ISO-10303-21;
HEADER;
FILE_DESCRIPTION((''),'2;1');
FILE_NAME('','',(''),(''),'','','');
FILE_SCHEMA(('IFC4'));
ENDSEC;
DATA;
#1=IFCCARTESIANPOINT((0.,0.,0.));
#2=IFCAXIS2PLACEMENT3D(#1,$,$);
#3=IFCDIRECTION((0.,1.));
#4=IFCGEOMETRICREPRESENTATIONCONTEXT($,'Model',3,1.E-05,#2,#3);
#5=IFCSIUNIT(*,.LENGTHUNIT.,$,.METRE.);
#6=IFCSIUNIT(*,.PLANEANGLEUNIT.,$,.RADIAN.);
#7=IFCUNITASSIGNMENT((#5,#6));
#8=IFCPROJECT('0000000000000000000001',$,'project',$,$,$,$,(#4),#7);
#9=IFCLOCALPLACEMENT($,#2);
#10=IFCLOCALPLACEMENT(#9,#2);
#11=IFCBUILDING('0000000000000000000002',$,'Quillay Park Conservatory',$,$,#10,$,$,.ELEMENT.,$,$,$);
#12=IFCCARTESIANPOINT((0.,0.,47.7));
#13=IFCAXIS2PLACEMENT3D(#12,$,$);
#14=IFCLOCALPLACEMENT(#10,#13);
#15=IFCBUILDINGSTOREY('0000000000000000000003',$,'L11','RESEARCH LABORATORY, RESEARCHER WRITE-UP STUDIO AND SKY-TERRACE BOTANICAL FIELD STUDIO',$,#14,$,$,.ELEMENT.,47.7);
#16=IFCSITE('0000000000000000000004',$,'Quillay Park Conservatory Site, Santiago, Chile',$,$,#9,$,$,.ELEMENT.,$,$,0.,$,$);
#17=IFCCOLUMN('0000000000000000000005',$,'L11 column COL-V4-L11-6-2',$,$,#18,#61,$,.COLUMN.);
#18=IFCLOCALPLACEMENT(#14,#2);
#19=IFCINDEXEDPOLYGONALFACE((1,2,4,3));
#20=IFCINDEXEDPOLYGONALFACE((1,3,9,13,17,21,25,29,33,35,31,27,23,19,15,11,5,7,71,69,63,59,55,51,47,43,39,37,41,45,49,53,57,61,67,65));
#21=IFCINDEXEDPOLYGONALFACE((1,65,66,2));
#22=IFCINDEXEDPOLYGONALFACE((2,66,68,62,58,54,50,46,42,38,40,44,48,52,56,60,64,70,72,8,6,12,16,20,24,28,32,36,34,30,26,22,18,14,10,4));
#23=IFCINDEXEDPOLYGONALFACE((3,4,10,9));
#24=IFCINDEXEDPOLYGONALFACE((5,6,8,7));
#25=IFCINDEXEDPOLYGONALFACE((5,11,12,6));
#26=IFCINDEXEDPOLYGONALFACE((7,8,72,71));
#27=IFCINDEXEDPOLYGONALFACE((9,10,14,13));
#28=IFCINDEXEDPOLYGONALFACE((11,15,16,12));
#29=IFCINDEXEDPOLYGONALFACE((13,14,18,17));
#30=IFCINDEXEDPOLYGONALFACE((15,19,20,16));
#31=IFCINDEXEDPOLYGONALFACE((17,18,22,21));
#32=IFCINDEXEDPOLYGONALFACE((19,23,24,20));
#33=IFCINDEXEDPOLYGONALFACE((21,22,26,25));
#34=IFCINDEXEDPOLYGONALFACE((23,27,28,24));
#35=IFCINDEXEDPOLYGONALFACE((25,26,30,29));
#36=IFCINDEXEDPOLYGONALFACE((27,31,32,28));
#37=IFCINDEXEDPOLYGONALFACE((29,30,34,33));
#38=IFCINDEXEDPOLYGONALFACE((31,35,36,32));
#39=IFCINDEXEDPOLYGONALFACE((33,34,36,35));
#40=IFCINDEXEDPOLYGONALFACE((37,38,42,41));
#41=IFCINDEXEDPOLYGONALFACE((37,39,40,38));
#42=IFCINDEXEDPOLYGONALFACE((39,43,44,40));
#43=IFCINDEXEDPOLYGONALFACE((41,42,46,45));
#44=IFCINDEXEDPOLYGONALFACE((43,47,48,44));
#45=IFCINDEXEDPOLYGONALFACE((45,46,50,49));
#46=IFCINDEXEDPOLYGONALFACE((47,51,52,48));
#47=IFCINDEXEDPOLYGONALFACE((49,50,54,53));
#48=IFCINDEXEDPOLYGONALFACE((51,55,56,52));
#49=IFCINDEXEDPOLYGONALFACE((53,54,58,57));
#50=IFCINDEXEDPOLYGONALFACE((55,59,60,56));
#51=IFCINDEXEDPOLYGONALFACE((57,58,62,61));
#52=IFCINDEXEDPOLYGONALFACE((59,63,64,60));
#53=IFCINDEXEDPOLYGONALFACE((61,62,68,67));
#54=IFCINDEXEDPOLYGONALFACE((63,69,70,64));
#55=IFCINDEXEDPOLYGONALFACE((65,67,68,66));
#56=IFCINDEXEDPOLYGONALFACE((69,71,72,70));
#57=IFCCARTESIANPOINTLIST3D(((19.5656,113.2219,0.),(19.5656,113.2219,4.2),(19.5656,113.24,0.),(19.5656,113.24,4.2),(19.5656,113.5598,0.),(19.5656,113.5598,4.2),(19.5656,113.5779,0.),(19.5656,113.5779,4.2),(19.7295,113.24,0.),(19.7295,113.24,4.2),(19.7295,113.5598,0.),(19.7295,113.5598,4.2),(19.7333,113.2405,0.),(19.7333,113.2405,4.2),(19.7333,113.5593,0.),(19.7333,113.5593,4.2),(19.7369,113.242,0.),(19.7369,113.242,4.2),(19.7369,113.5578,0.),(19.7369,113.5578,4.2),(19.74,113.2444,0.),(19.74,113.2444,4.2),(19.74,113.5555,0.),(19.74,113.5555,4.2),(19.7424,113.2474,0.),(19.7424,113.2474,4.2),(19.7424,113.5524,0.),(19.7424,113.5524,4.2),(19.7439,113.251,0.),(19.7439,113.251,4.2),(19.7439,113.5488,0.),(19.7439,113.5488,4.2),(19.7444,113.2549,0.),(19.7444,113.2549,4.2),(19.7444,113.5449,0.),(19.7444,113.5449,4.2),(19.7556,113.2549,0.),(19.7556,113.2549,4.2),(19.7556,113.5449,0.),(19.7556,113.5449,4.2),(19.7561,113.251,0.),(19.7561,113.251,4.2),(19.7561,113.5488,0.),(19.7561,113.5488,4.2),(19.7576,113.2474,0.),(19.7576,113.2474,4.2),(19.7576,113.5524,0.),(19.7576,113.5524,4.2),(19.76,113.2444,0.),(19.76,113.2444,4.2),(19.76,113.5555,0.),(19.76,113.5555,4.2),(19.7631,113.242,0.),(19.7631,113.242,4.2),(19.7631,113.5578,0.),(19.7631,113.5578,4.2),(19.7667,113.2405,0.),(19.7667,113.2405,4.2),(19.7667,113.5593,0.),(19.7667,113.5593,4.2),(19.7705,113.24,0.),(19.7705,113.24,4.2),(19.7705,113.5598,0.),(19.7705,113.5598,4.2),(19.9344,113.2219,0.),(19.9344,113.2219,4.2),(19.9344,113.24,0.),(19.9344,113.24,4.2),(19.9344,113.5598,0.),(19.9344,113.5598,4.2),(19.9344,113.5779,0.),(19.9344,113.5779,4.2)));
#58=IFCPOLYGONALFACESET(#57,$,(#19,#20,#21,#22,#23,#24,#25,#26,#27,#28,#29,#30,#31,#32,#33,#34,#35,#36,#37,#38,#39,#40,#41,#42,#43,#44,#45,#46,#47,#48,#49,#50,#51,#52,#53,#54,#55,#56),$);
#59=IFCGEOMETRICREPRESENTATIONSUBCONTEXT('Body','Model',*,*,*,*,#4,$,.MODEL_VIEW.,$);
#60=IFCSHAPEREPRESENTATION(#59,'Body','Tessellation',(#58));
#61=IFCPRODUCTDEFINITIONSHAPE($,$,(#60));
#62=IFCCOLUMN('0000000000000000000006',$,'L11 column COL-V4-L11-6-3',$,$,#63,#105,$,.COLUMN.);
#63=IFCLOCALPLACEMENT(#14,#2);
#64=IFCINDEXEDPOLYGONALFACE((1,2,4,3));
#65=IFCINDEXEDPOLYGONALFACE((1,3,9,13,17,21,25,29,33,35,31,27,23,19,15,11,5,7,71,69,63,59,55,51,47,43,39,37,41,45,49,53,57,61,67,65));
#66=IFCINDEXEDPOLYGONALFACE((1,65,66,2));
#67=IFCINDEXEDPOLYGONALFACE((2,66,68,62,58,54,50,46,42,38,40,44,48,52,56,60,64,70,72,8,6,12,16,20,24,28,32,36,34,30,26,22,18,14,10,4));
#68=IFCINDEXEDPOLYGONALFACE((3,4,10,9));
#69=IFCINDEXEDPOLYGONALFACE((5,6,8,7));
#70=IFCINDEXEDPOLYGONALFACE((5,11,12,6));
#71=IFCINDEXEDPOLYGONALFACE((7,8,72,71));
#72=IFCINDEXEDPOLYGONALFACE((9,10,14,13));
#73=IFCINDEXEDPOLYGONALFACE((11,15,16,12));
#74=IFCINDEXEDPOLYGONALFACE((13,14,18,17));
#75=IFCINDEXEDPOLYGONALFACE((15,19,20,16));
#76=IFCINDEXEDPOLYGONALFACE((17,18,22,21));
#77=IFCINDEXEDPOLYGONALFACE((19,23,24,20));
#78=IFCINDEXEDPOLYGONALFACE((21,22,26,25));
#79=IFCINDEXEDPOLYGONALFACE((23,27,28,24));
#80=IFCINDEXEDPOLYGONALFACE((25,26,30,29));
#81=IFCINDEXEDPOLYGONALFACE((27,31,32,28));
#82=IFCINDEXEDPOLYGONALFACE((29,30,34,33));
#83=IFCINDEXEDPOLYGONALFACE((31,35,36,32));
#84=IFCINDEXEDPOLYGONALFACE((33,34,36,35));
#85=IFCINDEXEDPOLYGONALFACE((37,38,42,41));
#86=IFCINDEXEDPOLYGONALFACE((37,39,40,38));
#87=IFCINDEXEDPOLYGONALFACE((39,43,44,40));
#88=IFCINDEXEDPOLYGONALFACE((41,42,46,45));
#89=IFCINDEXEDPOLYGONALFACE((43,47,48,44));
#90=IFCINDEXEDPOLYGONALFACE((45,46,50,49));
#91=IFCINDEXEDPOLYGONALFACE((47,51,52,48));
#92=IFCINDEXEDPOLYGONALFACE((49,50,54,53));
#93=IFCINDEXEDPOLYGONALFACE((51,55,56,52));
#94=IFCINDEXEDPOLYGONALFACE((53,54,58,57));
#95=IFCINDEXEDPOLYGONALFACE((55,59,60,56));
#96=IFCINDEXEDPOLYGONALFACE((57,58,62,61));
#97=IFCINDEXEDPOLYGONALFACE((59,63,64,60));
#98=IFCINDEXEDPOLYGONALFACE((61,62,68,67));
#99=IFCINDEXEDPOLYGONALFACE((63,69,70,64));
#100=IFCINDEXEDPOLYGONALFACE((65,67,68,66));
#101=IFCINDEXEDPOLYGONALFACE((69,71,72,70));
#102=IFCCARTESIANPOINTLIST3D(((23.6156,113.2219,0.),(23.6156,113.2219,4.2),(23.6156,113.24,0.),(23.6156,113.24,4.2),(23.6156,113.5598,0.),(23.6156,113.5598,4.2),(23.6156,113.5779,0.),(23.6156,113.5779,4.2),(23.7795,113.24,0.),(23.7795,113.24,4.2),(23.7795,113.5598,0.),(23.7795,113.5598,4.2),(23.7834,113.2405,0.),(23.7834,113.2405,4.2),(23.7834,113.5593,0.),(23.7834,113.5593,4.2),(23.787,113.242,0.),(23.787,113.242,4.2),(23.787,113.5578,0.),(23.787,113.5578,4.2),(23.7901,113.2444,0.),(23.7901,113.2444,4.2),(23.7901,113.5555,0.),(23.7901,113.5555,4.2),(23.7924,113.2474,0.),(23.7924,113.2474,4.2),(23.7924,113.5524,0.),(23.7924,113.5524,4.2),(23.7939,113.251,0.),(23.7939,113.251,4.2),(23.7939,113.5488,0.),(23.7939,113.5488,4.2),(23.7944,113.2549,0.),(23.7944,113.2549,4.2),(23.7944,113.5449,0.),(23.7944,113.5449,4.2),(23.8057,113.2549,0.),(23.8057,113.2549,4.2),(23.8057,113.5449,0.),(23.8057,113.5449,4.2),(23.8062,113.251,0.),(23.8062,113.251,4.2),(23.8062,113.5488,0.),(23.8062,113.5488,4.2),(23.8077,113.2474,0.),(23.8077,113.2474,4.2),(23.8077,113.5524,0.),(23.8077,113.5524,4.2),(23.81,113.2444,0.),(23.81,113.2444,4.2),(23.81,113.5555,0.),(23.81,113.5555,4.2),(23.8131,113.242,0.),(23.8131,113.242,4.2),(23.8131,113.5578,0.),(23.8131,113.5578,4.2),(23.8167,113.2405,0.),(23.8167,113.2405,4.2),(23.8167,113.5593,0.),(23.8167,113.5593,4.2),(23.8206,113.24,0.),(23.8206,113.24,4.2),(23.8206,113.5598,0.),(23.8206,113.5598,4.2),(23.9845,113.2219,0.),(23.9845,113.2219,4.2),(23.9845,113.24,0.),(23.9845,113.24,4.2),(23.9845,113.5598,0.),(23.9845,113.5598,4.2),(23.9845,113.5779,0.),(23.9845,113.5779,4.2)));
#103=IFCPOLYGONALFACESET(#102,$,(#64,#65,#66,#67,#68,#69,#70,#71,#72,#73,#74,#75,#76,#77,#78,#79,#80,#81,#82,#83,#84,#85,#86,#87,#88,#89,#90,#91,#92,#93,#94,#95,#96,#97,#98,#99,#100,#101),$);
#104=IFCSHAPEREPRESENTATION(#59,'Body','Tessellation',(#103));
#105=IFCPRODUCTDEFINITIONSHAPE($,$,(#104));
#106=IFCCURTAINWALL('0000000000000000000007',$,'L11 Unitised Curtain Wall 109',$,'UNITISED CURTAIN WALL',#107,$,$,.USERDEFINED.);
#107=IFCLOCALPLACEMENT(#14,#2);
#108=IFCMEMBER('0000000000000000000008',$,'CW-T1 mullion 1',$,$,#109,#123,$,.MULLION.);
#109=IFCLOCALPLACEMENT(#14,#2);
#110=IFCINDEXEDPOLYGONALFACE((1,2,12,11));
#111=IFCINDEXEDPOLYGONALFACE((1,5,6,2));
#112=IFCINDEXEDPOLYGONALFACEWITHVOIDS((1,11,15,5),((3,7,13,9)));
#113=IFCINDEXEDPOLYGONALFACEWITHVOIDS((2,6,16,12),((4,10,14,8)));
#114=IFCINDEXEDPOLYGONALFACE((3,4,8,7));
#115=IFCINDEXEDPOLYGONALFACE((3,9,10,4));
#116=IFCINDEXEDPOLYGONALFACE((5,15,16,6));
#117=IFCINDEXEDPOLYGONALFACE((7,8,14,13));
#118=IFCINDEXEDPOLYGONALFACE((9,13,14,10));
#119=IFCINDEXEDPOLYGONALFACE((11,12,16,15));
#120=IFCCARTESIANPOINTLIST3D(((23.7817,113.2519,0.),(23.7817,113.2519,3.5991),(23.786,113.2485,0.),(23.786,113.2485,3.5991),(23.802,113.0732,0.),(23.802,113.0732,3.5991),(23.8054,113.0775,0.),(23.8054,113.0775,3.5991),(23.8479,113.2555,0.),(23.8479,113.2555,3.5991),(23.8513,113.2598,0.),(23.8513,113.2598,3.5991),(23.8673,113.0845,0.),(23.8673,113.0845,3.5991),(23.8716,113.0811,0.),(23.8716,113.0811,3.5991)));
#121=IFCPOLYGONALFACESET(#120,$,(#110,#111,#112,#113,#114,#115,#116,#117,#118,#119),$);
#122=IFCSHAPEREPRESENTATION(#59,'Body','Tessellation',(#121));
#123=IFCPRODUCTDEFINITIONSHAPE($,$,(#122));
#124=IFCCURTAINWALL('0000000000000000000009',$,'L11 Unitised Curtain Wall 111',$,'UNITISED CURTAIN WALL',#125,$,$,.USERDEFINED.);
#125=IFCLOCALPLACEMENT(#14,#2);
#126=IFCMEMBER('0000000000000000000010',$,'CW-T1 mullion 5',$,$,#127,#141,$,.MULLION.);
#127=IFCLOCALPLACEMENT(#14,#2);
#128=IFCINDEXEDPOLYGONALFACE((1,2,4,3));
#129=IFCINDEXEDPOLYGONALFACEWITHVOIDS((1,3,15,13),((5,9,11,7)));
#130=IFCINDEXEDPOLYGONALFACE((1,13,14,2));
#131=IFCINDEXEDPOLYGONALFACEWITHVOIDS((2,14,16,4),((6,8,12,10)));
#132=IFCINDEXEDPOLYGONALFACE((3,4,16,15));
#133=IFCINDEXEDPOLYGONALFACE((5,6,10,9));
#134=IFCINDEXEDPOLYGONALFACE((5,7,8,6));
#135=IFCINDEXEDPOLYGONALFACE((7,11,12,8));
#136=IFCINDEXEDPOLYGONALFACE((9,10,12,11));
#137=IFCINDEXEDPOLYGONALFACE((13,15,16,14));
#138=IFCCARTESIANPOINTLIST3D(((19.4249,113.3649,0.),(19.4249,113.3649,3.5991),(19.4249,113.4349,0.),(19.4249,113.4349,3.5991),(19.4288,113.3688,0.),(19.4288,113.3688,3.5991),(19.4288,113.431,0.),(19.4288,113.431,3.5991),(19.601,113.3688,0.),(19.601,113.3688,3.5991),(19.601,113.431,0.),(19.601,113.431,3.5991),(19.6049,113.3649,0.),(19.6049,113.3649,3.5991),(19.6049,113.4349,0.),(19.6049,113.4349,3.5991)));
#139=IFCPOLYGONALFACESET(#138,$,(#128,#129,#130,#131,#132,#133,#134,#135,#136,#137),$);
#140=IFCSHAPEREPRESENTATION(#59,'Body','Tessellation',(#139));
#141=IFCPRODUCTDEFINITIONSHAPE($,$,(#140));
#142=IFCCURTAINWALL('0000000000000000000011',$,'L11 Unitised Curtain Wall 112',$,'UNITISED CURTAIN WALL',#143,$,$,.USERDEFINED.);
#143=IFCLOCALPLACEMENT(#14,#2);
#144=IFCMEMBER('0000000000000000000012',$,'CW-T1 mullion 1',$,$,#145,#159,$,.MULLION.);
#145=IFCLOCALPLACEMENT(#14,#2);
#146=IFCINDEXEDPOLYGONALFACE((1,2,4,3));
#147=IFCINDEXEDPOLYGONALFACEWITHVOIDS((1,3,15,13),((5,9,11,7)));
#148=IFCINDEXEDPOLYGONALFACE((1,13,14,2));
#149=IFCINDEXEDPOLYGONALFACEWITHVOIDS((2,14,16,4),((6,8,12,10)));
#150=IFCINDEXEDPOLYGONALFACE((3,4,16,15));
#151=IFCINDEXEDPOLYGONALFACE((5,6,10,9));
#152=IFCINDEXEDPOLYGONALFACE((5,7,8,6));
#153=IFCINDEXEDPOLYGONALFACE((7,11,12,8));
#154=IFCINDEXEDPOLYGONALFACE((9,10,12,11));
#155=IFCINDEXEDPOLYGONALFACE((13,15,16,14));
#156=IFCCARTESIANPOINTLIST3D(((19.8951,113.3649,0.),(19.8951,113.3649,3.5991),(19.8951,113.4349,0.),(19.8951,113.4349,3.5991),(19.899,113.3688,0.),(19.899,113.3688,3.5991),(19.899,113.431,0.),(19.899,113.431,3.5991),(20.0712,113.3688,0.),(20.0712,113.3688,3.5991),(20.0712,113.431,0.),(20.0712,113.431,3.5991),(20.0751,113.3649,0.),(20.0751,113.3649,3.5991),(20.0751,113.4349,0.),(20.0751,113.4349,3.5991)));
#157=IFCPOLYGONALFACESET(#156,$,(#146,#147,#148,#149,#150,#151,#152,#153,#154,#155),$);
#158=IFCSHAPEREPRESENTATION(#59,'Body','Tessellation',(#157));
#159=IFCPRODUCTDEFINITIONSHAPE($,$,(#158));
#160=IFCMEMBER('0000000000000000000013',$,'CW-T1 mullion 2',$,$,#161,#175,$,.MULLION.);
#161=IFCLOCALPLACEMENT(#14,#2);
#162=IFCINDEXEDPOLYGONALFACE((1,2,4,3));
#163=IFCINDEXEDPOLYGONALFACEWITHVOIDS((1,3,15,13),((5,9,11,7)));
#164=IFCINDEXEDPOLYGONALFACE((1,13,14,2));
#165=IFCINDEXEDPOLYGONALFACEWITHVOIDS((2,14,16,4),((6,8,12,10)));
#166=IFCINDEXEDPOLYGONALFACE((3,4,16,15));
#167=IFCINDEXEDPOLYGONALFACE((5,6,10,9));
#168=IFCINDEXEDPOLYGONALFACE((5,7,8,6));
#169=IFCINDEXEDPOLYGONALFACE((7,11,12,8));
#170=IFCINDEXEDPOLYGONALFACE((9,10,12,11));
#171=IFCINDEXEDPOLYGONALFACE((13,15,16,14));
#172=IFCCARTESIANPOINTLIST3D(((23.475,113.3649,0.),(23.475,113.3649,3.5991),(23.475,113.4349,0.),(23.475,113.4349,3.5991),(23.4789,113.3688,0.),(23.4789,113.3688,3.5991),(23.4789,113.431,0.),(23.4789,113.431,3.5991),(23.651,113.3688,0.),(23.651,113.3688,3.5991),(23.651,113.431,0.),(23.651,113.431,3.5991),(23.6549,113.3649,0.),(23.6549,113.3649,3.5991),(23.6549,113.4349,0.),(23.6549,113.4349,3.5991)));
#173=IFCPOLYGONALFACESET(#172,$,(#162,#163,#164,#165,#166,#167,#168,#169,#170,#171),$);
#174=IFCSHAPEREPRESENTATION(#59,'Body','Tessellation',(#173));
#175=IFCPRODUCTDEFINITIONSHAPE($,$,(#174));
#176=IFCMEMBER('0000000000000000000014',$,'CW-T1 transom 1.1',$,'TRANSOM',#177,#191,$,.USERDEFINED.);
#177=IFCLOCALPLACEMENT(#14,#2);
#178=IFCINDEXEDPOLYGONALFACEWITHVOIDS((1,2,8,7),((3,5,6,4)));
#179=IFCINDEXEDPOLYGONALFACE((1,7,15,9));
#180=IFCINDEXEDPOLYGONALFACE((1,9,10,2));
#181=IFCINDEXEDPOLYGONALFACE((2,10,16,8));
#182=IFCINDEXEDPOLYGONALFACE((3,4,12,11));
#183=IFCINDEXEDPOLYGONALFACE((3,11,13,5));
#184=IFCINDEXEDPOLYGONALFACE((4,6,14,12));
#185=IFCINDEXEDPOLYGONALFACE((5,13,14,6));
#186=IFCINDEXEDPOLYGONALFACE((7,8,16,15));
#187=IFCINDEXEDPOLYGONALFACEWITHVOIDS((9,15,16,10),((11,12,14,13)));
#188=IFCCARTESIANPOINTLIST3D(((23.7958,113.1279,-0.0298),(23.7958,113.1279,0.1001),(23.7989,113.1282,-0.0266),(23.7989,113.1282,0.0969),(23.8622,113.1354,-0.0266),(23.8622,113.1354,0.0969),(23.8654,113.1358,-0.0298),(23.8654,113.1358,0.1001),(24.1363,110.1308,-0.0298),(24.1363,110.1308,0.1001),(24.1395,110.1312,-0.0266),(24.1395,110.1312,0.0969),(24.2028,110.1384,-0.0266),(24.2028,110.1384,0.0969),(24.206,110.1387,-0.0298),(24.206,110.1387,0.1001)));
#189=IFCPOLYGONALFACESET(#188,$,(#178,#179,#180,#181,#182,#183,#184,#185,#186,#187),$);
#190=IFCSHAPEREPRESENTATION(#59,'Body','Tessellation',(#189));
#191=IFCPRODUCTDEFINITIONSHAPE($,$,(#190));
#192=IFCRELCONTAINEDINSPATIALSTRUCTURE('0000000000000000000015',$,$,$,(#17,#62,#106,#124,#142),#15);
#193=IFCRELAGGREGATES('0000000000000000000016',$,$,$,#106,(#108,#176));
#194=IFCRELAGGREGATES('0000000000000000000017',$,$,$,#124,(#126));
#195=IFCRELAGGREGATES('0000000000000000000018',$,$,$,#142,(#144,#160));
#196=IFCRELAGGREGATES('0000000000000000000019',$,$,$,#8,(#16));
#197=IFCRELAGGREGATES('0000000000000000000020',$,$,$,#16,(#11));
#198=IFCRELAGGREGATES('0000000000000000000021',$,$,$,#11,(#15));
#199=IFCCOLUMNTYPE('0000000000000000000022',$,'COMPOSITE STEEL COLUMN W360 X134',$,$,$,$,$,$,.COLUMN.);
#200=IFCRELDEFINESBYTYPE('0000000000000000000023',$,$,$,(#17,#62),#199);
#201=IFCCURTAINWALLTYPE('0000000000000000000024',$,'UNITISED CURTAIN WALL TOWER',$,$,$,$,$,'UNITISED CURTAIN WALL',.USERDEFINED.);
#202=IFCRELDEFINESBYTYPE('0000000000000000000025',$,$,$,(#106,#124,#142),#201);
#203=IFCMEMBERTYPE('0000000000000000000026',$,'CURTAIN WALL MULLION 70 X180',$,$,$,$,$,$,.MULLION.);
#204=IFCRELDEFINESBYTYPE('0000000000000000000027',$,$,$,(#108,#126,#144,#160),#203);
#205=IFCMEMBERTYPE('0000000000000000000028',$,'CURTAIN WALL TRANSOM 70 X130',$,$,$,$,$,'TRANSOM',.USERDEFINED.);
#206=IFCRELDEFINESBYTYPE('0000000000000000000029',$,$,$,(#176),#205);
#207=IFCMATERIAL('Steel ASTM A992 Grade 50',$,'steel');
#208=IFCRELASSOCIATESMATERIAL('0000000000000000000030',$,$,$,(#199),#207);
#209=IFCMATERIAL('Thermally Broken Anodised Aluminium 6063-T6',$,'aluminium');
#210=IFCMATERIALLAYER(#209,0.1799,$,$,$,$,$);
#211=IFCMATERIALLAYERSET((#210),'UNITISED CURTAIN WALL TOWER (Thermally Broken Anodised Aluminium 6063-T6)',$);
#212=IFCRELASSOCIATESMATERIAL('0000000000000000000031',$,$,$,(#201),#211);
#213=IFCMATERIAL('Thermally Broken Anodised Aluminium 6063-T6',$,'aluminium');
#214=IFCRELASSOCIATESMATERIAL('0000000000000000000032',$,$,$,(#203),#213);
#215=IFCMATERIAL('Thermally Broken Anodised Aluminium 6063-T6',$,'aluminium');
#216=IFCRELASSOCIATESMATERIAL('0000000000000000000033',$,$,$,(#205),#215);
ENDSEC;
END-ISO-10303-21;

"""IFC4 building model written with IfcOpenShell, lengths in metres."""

from ifc_helpers import new_model, si_unit, direction, frame, origin, origin_2d, place, context, subcontext, project, spatial, hollow_rectangle, i_section, extrude, material, layer, layer_set, material_profile, profile_set, type_object, element, aggregate, save


model = new_model("IFC4")

# Units and contexts
model_context = context("Model", 3, precision=1e-05, world=origin(), true_north=direction((0.0, 1.0)))
body_context = subcontext(model_context, "Body", "Model", "MODEL_VIEW")
ifc_project = project(units=[si_unit("LENGTHUNIT", "METRE"), si_unit("PLANEANGLEUNIT", "RADIAN")], contexts=[model_context])

# Site, building, storey
site_placement = place(None, origin())
site = spatial("IfcSite", under=ifc_project, at=site_placement, Name="Quillay Park Conservatory Site, Santiago, Chile", CompositionType="ELEMENT", RefElevation=0.0)
building_placement = place(site_placement, origin())
building = spatial("IfcBuilding", under=site, at=building_placement, Name="Quillay Park Conservatory", CompositionType="ELEMENT")
storey_placement = place(building_placement, frame((0.0, 0.0, 47.7)))
storey = spatial("IfcBuildingStorey", under=building, at=storey_placement, Name="L11", Description="RESEARCH LABORATORY, RESEARCHER WRITE-UP STUDIO AND SKY-TERRACE BOTANICAL FIELD STUDIO", CompositionType="ELEMENT", Elevation=47.7)

# Columns
ifc_material_1 = material(Name="Steel ASTM A992 Grade 50", Category="steel")
ifc_material_profile_1 = material_profile(ifc_material_1, i_section(OverallWidth=0.3689, OverallDepth=0.356, WebThickness=0.0112, FlangeThickness=0.0181, FilletRadius=0.0149, at=origin_2d()), Name="W360x134")
ifc_profile_set_1 = profile_set([ifc_material_profile_1], Name="Steel ASTM A992 Grade 50")
column_type = type_object("IfcColumnType", Name="COMPOSITE STEEL COLUMN W360 X134", PredefinedType="COLUMN", material=ifc_profile_set_1)
for number, where, z_axis, x_axis, name in (
    (1, (19.75, 113.3999, 0.0), (0.0, 0.0, 1.0), (1.0, 0.0, 0.0), "L11 column COL-V4-L11-6-2"),
    (2, (23.8, 113.3999, 0.0), (0.0, 0.0, 1.0), (1.0, 0.0, 0.0), "L11 column COL-V4-L11-6-3"),
):
    element("IfcColumn", number, at=place(storey_placement, frame(where, z_axis=z_axis, x_axis=x_axis)), inside=storey, type_object=column_type, Name=name, PredefinedType="COLUMN", context=body_context, shape_type="SweptSolid", body=[
        extrude(i_section(OverallWidth=0.3689, OverallDepth=0.356, WebThickness=0.0112, FlangeThickness=0.0181, FilletRadius=0.0149, at=origin_2d()), origin(), (0.0, 0.0, 1.0), 4.2),
    ])

# Curtain walls, members
ifc_material_2 = material(Name="Thermally Broken Anodised Aluminium 6063-T6", Category="aluminium")
ifc_layer_1 = layer(ifc_material_2, 0.1799)
ifc_layer_set_1 = layer_set([ifc_layer_1], Name="UNITISED CURTAIN WALL TOWER (Thermally Broken Anodised Aluminium 6063-T6)")
curtain_wall_type = type_object("IfcCurtainWallType", Name="UNITISED CURTAIN WALL TOWER", ElementType="UNITISED CURTAIN WALL", PredefinedType="USERDEFINED", material=ifc_layer_set_1)
curtain_wall_1_placement = place(storey_placement, origin())
curtain_wall_1 = element("IfcCurtainWall", 3, at=curtain_wall_1_placement, inside=storey, type_object=curtain_wall_type, Name="L11 Unitised Curtain Wall 109", ObjectType="UNITISED CURTAIN WALL", PredefinedType="USERDEFINED")
ifc_material_3 = material(Name="Thermally Broken Anodised Aluminium 6063-T6", Category="aluminium")
ifc_material_profile_2 = material_profile(ifc_material_3, hollow_rectangle(XDim=0.0701, YDim=0.1799, WallThickness=0.0039, at=origin_2d()), Name="AL70x180x4")
ifc_profile_set_2 = profile_set([ifc_material_profile_2], Name="Thermally Broken Anodised Aluminium 6063-T6")
member_type_1 = type_object("IfcMemberType", Name="CURTAIN WALL MULLION 70 X180", PredefinedType="MULLION", material=ifc_profile_set_2)
member_1_placement = place(storey_placement, frame((23.8267, 113.1665, 0.0), z_axis=(0.0, 0.0, 1.0), x_axis=(0.993606, 0.112903, 0.0)))
member_1 = element("IfcMember", 4, at=member_1_placement, type_object=member_type_1, Name="CW-T1 mullion 1", PredefinedType="MULLION", context=body_context, shape_type="SweptSolid", body=[
    extrude(hollow_rectangle(XDim=0.0701, YDim=0.1799, WallThickness=0.0039, at=origin_2d()), origin(), (0.0, 0.0, 1.0), 3.5991),
])
curtain_wall_2_placement = place(storey_placement, origin())
curtain_wall_2 = element("IfcCurtainWall", 5, at=curtain_wall_2_placement, inside=storey, type_object=curtain_wall_type, Name="L11 Unitised Curtain Wall 111", ObjectType="UNITISED CURTAIN WALL", PredefinedType="USERDEFINED")
member_2_placement = place(storey_placement, frame((19.5149, 113.3999, 0.0), z_axis=(0.0, 0.0, 1.0), x_axis=(0.0, 1.0, 0.0)))
member_2 = element("IfcMember", 6, at=member_2_placement, type_object=member_type_1, Name="CW-T1 mullion 5", PredefinedType="MULLION", context=body_context, shape_type="SweptSolid", body=[
    extrude(hollow_rectangle(XDim=0.0701, YDim=0.1799, WallThickness=0.0039, at=origin_2d()), origin(), (0.0, 0.0, 1.0), 3.5991),
])

# Curtain wall, members
curtain_wall_3_placement = place(storey_placement, origin())
curtain_wall_3 = element("IfcCurtainWall", 7, at=curtain_wall_3_placement, inside=storey, type_object=curtain_wall_type, Name="L11 Unitised Curtain Wall 112", ObjectType="UNITISED CURTAIN WALL", PredefinedType="USERDEFINED")
member_3_placement = place(storey_placement, frame((19.9851, 113.3999, 0.0), z_axis=(0.0, 0.0, 1.0), x_axis=(0.0, 1.0, 0.0)))
member_3 = element("IfcMember", 8, at=member_3_placement, type_object=member_type_1, Name="CW-T1 mullion 1", PredefinedType="MULLION", context=body_context, shape_type="SweptSolid", body=[
    extrude(hollow_rectangle(XDim=0.0701, YDim=0.1799, WallThickness=0.0039, at=origin_2d()), origin(), (0.0, 0.0, 1.0), 3.5991),
])
member_4_placement = place(storey_placement, frame((23.5649, 113.3999, 0.0), z_axis=(0.0, 0.0, 1.0), x_axis=(0.0, 1.0, 0.0)))
member_4 = element("IfcMember", 9, at=member_4_placement, type_object=member_type_1, Name="CW-T1 mullion 2", PredefinedType="MULLION", context=body_context, shape_type="SweptSolid", body=[
    extrude(hollow_rectangle(XDim=0.0701, YDim=0.1799, WallThickness=0.0039, at=origin_2d()), origin(), (0.0, 0.0, 1.0), 3.5991),
])

# Member
ifc_material_4 = material(Name="Thermally Broken Anodised Aluminium 6063-T6", Category="aluminium")
ifc_material_profile_3 = material_profile(ifc_material_4, hollow_rectangle(XDim=0.0701, YDim=0.1299, WallThickness=0.0032, at=origin_2d()), Name="AL70x130x3.2")
ifc_profile_set_3 = profile_set([ifc_material_profile_3], Name="Thermally Broken Anodised Aluminium 6063-T6")
member_type_2 = type_object("IfcMemberType", Name="CURTAIN WALL TRANSOM 70 X130", ElementType="TRANSOM", PredefinedType="USERDEFINED", material=ifc_profile_set_3)
member_5_placement = place(storey_placement, frame((23.8306, 113.1318, 0.0352), z_axis=(0.11291, -0.993605, 0.0), x_axis=(0.993605, 0.11291, 0.0)))
member_5 = element("IfcMember", 10, at=member_5_placement, type_object=member_type_2, Name="CW-T1 transom 1.1", ObjectType="TRANSOM", PredefinedType="USERDEFINED", context=body_context, shape_type="SweptSolid", body=[
    extrude(hollow_rectangle(XDim=0.0701, YDim=0.1299, WallThickness=0.0032, at=origin_2d()), origin(), (0.0, 0.0, 1.0), 3.0164),
])

aggregate(curtain_wall_1, [member_1, member_5])
aggregate(curtain_wall_2, [member_2])
aggregate(curtain_wall_3, [member_3, member_4])

save(model, "model.ifc")
